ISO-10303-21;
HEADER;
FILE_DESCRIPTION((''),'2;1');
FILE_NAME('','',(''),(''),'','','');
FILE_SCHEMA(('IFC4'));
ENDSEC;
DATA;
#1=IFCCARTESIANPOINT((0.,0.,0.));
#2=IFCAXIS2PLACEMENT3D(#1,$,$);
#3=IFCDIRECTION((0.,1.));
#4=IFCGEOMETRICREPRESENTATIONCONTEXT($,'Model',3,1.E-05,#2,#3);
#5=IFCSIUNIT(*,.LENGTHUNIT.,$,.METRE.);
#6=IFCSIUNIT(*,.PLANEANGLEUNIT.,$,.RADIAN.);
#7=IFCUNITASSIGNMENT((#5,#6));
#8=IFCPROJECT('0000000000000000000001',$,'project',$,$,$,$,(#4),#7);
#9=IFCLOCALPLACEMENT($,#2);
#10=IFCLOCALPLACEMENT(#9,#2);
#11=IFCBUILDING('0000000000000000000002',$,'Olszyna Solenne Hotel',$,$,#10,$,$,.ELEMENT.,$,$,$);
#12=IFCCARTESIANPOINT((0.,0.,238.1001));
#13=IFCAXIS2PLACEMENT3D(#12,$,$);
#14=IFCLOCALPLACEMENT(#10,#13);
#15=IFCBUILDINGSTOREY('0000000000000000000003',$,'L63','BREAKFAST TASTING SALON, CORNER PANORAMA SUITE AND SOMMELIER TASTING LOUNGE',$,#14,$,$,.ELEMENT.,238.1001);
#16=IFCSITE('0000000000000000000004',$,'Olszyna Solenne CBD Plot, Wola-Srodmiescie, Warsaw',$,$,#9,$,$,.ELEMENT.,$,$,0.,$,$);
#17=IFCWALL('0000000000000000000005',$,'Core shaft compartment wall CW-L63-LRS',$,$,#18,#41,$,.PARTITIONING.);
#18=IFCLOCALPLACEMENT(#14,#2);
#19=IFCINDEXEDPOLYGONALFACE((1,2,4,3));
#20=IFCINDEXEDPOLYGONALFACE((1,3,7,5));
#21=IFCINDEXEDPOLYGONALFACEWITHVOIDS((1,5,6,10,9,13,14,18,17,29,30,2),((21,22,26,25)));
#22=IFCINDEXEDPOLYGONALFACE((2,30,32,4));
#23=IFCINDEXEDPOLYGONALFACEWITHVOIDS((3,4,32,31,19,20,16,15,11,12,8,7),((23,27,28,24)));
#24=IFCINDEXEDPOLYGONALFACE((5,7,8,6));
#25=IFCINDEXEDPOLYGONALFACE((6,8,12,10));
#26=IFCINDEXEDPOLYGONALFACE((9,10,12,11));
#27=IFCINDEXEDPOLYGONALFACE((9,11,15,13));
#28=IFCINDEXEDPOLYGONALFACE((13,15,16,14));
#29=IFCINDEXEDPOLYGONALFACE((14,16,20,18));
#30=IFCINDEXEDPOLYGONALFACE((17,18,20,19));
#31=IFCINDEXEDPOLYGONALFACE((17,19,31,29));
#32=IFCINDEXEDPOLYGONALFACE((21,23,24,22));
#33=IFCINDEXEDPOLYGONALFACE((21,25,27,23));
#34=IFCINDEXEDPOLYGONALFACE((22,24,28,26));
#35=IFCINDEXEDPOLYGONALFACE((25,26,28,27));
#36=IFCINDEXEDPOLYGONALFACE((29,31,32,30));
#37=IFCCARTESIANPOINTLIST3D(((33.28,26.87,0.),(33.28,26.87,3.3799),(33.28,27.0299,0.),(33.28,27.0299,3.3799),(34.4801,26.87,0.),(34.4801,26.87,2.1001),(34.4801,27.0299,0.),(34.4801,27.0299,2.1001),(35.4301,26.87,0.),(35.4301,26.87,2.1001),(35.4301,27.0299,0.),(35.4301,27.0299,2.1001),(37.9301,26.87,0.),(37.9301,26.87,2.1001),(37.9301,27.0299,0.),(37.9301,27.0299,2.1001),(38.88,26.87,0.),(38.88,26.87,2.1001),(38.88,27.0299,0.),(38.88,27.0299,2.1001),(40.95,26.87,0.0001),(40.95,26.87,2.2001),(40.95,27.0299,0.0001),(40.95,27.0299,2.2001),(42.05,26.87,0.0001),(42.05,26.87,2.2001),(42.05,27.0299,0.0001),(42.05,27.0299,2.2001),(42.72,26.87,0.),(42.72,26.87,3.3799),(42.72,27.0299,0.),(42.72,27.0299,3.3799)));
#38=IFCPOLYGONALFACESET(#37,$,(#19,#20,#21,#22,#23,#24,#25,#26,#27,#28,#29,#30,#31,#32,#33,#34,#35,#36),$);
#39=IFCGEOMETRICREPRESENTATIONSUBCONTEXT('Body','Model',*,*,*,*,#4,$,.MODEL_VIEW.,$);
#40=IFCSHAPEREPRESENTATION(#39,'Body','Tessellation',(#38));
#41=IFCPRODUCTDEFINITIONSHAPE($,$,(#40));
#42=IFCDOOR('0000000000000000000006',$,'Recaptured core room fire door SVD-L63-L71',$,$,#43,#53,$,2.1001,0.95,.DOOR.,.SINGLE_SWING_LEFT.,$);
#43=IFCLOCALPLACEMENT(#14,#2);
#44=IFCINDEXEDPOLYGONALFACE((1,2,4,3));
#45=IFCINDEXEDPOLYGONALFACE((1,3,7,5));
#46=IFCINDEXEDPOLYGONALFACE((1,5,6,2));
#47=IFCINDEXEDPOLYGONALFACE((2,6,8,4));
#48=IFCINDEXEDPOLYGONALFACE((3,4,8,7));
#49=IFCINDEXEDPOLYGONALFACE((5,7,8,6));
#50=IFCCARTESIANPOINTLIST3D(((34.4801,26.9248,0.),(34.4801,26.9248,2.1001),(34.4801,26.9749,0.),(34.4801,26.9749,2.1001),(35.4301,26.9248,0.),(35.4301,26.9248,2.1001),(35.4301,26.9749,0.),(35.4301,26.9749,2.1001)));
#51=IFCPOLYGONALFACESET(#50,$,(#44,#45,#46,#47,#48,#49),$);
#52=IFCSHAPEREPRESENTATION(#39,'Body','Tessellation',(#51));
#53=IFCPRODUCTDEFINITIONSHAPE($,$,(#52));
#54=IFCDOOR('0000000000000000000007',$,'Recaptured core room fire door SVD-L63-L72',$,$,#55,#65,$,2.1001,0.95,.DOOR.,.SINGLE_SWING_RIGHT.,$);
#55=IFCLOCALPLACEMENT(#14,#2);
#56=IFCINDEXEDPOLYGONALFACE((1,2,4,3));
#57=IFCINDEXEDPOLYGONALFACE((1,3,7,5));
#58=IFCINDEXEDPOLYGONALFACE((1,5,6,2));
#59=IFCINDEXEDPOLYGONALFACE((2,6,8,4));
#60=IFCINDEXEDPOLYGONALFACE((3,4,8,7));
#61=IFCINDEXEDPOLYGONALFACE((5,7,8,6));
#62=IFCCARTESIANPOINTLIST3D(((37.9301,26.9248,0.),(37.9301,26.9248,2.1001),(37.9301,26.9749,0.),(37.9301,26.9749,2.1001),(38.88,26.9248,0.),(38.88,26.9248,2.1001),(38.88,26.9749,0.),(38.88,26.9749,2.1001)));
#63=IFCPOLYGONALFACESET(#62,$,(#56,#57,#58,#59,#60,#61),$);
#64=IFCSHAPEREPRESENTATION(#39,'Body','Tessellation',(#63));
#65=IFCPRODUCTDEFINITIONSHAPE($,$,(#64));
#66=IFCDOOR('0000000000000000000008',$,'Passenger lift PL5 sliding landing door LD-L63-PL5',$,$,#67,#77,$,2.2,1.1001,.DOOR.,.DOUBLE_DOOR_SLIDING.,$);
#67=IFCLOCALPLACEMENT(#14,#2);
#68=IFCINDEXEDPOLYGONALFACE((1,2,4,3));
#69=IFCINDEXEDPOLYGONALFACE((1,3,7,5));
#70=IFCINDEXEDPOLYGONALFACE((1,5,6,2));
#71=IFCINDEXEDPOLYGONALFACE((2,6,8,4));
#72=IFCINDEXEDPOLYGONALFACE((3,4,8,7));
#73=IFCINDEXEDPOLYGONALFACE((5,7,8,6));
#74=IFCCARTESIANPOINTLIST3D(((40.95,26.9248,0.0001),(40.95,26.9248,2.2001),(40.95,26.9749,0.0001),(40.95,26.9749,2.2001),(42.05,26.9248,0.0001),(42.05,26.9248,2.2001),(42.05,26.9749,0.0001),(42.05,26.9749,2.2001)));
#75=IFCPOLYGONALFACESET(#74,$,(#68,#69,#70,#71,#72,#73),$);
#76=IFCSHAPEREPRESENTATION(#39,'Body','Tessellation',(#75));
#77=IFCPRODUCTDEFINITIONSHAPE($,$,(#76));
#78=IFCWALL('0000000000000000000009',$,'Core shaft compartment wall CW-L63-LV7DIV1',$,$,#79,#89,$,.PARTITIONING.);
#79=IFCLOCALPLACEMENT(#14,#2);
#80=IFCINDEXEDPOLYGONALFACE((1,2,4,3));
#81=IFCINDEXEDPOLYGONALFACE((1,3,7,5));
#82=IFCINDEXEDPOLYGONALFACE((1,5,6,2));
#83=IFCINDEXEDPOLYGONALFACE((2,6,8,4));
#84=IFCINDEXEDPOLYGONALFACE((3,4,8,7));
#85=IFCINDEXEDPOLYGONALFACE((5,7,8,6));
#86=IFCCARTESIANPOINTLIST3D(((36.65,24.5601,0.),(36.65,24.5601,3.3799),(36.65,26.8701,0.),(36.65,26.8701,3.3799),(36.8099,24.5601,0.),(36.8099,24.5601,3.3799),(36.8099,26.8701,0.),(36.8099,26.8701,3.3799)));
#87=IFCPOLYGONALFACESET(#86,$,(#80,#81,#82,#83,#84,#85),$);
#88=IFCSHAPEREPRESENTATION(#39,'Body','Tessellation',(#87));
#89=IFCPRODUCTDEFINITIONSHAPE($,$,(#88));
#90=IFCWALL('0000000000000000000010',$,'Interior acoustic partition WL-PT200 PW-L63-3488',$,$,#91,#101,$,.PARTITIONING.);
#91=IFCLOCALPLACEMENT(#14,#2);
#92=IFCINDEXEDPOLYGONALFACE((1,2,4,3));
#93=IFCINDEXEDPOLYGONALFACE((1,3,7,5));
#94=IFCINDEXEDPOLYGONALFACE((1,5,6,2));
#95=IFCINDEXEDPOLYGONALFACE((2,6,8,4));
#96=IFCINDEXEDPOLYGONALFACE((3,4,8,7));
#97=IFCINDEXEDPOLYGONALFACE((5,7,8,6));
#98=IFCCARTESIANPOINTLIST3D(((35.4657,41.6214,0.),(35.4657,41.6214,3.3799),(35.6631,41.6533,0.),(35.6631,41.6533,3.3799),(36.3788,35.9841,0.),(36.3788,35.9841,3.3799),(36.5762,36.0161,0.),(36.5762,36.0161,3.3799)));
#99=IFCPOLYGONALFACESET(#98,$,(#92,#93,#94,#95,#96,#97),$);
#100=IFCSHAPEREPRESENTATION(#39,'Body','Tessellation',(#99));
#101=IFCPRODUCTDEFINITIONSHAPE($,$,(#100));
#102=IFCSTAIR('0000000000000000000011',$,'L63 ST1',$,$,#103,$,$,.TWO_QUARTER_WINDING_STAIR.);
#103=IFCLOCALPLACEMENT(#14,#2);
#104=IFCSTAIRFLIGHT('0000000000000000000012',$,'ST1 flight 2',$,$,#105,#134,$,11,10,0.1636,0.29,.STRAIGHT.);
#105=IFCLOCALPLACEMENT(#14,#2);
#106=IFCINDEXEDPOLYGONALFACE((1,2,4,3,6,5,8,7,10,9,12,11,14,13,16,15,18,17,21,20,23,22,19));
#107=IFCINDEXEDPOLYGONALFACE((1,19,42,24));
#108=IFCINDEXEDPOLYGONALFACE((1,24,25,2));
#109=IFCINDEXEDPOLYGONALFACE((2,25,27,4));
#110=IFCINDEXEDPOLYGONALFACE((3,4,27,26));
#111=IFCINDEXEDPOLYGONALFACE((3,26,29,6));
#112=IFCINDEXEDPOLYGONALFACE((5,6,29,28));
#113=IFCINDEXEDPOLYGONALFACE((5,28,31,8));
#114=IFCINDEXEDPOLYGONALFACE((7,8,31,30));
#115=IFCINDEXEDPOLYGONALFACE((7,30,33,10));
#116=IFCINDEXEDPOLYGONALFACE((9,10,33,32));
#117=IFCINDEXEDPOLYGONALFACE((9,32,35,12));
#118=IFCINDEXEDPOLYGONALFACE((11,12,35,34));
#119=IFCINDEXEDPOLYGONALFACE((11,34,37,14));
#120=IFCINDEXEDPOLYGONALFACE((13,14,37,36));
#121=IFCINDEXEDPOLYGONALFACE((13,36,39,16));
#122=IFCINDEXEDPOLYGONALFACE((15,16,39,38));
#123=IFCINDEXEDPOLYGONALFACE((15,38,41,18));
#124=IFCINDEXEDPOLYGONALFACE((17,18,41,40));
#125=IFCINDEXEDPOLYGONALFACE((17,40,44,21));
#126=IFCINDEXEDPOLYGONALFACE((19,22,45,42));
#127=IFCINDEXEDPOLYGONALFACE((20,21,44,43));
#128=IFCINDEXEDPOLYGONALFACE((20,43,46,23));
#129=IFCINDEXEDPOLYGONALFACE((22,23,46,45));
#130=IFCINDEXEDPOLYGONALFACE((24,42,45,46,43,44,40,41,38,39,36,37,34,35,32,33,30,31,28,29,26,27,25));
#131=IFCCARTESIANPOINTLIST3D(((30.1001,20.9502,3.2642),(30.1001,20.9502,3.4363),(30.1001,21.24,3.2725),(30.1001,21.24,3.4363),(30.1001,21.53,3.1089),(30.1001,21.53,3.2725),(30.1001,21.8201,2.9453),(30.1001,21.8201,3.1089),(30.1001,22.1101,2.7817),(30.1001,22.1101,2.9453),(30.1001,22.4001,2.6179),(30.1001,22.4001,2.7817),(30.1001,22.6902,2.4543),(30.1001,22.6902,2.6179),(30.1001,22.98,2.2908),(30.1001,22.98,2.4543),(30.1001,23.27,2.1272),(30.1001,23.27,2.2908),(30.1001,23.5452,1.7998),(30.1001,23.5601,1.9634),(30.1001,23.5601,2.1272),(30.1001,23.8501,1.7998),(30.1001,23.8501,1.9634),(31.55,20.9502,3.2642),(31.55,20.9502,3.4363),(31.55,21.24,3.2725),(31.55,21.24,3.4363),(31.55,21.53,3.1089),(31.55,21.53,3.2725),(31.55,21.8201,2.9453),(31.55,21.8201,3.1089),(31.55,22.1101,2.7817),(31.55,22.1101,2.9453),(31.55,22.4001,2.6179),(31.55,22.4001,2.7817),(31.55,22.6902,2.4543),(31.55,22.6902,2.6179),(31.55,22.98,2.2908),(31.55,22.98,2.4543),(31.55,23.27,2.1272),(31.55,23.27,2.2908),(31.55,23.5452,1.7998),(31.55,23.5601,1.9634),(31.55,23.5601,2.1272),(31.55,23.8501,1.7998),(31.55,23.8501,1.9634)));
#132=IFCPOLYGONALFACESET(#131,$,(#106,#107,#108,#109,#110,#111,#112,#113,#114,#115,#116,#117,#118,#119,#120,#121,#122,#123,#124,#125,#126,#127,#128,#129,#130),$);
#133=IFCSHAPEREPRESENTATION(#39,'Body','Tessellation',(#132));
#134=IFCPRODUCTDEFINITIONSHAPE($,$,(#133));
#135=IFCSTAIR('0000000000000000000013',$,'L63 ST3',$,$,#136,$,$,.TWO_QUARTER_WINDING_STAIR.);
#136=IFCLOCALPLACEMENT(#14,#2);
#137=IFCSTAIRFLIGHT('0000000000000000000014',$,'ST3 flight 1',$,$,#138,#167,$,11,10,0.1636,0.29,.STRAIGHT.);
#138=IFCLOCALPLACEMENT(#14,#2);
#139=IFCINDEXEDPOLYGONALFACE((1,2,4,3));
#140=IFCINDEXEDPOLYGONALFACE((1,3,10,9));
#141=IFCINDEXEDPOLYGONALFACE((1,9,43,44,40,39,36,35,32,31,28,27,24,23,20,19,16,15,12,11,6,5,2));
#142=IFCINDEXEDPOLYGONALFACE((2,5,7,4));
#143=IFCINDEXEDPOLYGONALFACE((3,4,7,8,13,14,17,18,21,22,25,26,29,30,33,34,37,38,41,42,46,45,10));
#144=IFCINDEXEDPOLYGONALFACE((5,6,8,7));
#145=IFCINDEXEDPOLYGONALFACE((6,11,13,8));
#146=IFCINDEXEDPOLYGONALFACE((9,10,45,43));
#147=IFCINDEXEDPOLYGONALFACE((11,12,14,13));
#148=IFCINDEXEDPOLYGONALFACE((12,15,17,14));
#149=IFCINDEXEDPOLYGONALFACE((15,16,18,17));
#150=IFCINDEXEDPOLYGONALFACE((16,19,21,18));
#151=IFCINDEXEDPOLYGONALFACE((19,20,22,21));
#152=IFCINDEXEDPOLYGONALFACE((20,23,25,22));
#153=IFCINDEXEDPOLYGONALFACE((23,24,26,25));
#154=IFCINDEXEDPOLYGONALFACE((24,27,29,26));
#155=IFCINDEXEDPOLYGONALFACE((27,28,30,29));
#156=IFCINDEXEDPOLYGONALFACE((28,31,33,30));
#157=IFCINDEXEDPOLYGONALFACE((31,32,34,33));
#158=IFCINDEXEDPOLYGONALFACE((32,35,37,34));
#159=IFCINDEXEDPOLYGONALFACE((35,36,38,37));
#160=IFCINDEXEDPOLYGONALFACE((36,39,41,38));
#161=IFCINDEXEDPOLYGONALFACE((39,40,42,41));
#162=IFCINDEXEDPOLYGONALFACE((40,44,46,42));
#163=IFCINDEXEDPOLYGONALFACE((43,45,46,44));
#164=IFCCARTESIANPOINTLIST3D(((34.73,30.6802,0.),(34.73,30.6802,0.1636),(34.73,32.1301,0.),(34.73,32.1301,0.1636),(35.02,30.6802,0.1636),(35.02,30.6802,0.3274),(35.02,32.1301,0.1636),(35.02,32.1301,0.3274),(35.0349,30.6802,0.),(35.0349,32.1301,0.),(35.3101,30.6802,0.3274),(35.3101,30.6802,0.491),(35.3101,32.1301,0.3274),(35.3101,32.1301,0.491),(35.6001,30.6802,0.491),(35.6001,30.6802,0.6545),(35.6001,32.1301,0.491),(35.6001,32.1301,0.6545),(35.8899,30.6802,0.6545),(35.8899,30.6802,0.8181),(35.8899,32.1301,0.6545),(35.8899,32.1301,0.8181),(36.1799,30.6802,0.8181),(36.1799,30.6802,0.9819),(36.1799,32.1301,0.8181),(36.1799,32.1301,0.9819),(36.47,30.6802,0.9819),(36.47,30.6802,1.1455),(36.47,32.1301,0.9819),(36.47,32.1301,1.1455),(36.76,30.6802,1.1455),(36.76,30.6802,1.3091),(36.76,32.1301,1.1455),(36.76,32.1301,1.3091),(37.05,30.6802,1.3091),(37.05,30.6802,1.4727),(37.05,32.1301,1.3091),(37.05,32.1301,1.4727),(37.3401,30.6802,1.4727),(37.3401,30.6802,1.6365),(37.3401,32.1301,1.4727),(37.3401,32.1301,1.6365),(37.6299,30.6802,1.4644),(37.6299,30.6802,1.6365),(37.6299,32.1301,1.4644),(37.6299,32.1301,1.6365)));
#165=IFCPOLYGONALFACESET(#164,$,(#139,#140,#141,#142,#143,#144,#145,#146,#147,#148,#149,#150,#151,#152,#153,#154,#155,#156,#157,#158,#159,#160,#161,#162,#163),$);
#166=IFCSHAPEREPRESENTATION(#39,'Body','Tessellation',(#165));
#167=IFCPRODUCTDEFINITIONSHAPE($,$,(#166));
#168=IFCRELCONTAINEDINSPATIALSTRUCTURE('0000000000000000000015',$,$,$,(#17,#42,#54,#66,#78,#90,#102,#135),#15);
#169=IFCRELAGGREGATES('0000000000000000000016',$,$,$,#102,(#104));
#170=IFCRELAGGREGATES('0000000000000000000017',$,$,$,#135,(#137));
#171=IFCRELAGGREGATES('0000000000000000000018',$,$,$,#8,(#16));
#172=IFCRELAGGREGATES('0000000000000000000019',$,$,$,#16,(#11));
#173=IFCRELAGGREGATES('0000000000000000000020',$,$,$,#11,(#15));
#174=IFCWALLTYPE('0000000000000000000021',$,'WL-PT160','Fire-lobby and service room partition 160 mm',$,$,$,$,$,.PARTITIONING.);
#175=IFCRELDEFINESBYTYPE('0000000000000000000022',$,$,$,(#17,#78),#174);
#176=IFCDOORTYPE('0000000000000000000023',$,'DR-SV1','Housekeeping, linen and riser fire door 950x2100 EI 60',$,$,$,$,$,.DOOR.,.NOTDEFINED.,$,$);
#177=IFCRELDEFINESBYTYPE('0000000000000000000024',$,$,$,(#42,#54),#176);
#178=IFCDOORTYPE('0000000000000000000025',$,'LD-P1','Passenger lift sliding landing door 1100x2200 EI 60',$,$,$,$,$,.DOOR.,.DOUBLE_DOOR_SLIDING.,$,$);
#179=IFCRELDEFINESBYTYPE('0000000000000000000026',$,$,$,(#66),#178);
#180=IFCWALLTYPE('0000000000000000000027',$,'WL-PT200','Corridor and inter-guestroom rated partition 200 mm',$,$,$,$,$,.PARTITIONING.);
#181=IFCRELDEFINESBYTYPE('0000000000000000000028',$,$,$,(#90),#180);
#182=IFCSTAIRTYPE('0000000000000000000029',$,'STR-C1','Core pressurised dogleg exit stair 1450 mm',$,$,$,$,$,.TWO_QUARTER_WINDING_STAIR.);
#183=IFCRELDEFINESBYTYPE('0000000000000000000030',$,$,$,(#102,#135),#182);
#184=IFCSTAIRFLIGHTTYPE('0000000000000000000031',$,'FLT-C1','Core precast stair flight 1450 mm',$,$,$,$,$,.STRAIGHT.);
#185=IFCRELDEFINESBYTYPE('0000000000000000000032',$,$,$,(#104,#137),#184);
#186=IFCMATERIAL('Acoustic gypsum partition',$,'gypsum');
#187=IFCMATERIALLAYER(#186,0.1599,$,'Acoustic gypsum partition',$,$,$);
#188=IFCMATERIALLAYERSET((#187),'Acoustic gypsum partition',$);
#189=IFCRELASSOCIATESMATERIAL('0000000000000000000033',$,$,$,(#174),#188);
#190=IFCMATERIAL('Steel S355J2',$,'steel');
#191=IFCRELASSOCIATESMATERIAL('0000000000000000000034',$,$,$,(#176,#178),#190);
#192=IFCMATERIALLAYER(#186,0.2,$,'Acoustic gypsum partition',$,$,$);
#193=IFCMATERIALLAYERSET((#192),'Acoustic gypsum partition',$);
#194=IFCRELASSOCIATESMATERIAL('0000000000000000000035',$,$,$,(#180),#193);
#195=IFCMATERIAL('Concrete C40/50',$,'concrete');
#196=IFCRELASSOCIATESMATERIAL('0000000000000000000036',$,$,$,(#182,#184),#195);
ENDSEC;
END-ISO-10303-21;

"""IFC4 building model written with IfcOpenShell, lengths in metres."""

from ifc_helpers import new_model, si_unit, direction, frame, frame_2d, origin, place, context, subcontext, project, spatial, polyline, rectangle, outline, extrude, source, transform, mapped, material, layer, layer_set, type_object, type_shapes, element, fill, aggregate, save


model = new_model("IFC4")

# Units and contexts
model_context = context("Model", 3, precision=1e-05, world=origin(), true_north=direction((0.0, 1.0)))
body_context = subcontext(model_context, "Body", "Model", "MODEL_VIEW")
ifc_project = project(units=[si_unit("LENGTHUNIT", "METRE"), si_unit("PLANEANGLEUNIT", "RADIAN")], contexts=[model_context])

# Site, building, storey
site_placement = place(None, origin())
site = spatial("IfcSite", under=ifc_project, at=site_placement, Name="Olszyna Solenne CBD Plot, Wola-Srodmiescie, Warsaw", CompositionType="ELEMENT", RefElevation=0.0)
building_placement = place(site_placement, origin())
building = spatial("IfcBuilding", under=site, at=building_placement, Name="Olszyna Solenne Hotel", CompositionType="ELEMENT")
storey_placement = place(building_placement, frame((0.0, 0.0, 238.1001)))
storey = spatial("IfcBuildingStorey", under=building, at=storey_placement, Name="L63", Description="BREAKFAST TASTING SALON, CORNER PANORAMA SUITE AND SOMMELIER TASTING LOUNGE", CompositionType="ELEMENT", Elevation=238.1001)

# Shared definitions
ifc_material_1 = material(Name="Steel S355J2", Category="steel")

# Shared definitions
ifc_material_2 = material(Name="Acoustic gypsum partition", Category="gypsum")
ifc_layer_1 = layer(ifc_material_2, 0.1599, Name="Acoustic gypsum partition")
ifc_layer_set_1 = layer_set([ifc_layer_1], Name="Acoustic gypsum partition")
wall_type_1 = type_object("IfcWallType", Name="WL-PT160", Description="Fire-lobby and service room partition 160 mm", PredefinedType="PARTITIONING", material=ifc_layer_set_1)

# Wall, openings, doors
wall_1_placement = place(storey_placement, frame((33.28, 26.95, 0.0), z_axis=(0.0, 0.0, 1.0), x_axis=(1.0, 0.0, 0.0)))
wall_1 = element("IfcWall", 1, at=wall_1_placement, inside=storey, type_object=wall_type_1, Name="Core shaft compartment wall CW-L63-LRS", PredefinedType="PARTITIONING", context=body_context, shape_type="SweptSolid", body=[
    extrude(rectangle(XDim=9.4399, YDim=0.1599, at=frame_2d((4.72, 0.0))), origin(), (0.0, 0.0, 1.0), 3.3799),
])
opening_1_placement = place(wall_1_placement, frame((1.2, 0.0, 0.0)))
opening_1 = element("IfcOpeningElement", 2, at=opening_1_placement, cuts=wall_1, PredefinedType="OPENING", context=body_context, shape_type="SweptSolid", body=[
    extrude(rectangle(XDim=0.95, YDim=2.1001, at=frame_2d((0.4751, 1.05))), frame((0.0, 0.0898, 0.0), z_axis=(0.0, -1.0, 0.0), x_axis=(1.0, 0.0, 0.0)), (0.0, 0.0, 1.0), 0.1799),
])
opening_2_placement = place(wall_1_placement, frame((4.6499, 0.0, 0.0)))
opening_2 = element("IfcOpeningElement", 3, at=opening_2_placement, cuts=wall_1, PredefinedType="OPENING", context=body_context, shape_type="SweptSolid", body=[
    extrude(rectangle(XDim=0.95, YDim=2.1001, at=frame_2d((0.4751, 1.05))), frame((0.0, 0.0898, 0.0), z_axis=(0.0, -1.0, 0.0), x_axis=(1.0, 0.0, 0.0)), (0.0, 0.0, 1.0), 0.1799),
])
opening_3_placement = place(wall_1_placement, frame((7.6699, 0.0, 0.0)))
opening_3 = element("IfcOpeningElement", 4, at=opening_3_placement, cuts=wall_1, PredefinedType="OPENING", context=body_context, shape_type="SweptSolid", body=[
    extrude(rectangle(XDim=1.1001, YDim=2.2, at=frame_2d((0.55, 1.1001))), frame((0.0, 0.0898, 0.0), z_axis=(0.0, -1.0, 0.0), x_axis=(1.0, 0.0, 0.0)), (0.0, 0.0, 1.0), 0.1799),
])
door_type_1 = type_object("IfcDoorType", Name="DR-SV1", Description="Housekeeping, linen and riser fire door 950x2100 EI 60", OperationType="NOTDEFINED", PredefinedType="DOOR", material=ifc_material_1)
shared_shape_1 = source(origin(), body_context, "Body", "SweptSolid", [
    extrude(rectangle(XDim=0.95, YDim=2.1001, at=frame_2d((0.4751, 1.05))), frame((0.0, 0.0249, 0.0), z_axis=(0.0, -1.0, 0.0), x_axis=(1.0, 0.0, 0.0)), (0.0, 0.0, 1.0), 0.05),
])
type_shapes(door_type_1, [shared_shape_1])
door_1_placement = place(opening_1_placement, origin())
door_1 = element("IfcDoor", 5, at=door_1_placement, inside=storey, type_object=door_type_1, Name="Recaptured core room fire door SVD-L63-L71", OperationType="SINGLE_SWING_LEFT", OverallHeight=2.1001, OverallWidth=0.95, PredefinedType="DOOR", context=body_context, shape_type="MappedRepresentation", body=[
    mapped(shared_shape_1, transform((0.0, 0.0, 0.0), x_axis=(1.0, 0.0, 0.0), y_axis=(0.0, 1.0, 0.0), z_axis=(0.0, 0.0, 1.0), scale=1.0)),
])
fill(opening_1, door_1)
door_2_placement = place(opening_2_placement, origin())
door_2 = element("IfcDoor", 6, at=door_2_placement, inside=storey, type_object=door_type_1, Name="Recaptured core room fire door SVD-L63-L72", OperationType="SINGLE_SWING_RIGHT", OverallHeight=2.1001, OverallWidth=0.95, PredefinedType="DOOR", context=body_context, shape_type="MappedRepresentation", body=[
    mapped(shared_shape_1, transform((0.0, 0.0, 0.0), x_axis=(1.0, 0.0, 0.0), y_axis=(0.0, 1.0, 0.0), z_axis=(0.0, 0.0, 1.0), scale=1.0)),
])
fill(opening_2, door_2)
door_type_2 = type_object("IfcDoorType", Name="LD-P1", Description="Passenger lift sliding landing door 1100x2200 EI 60", OperationType="DOUBLE_DOOR_SLIDING", PredefinedType="DOOR", material=ifc_material_1)
shared_shape_2 = source(origin(), body_context, "Body", "SweptSolid", [
    extrude(rectangle(XDim=1.1001, YDim=2.2, at=frame_2d((0.55, 1.1001))), frame((0.0, 0.0249, 0.0), z_axis=(0.0, -1.0, 0.0), x_axis=(1.0, 0.0, 0.0)), (0.0, 0.0, 1.0), 0.05),
])
type_shapes(door_type_2, [shared_shape_2])
door_3_placement = place(opening_3_placement, origin())
door_3 = element("IfcDoor", 7, at=door_3_placement, inside=storey, type_object=door_type_2, Name="Passenger lift PL5 sliding landing door LD-L63-PL5", OperationType="DOUBLE_DOOR_SLIDING", OverallHeight=2.2, OverallWidth=1.1001, PredefinedType="DOOR", context=body_context, shape_type="MappedRepresentation", body=[
    mapped(shared_shape_2, transform((0.0, 0.0, 0.0), x_axis=(1.0, 0.0, 0.0), y_axis=(0.0, 1.0, 0.0), z_axis=(0.0, 0.0, 1.0), scale=1.0)),
])
fill(opening_3, door_3)

# Wall
wall_2_placement = place(storey_placement, frame((36.73, 24.5601, 0.0), z_axis=(0.0, 0.0, 1.0), x_axis=(0.0, 1.0, 0.0)))
element("IfcWall", 8, at=wall_2_placement, inside=storey, type_object=wall_type_1, Name="Core shaft compartment wall CW-L63-LV7DIV1", PredefinedType="PARTITIONING", context=body_context, shape_type="SweptSolid", body=[
    extrude(rectangle(XDim=2.3101, YDim=0.1599, at=frame_2d((1.155, 0.0))), origin(), (0.0, 0.0, 1.0), 3.3799),
])

# Wall
ifc_layer_2 = layer(ifc_material_2, 0.2, Name="Acoustic gypsum partition")
ifc_layer_set_2 = layer_set([ifc_layer_2], Name="Acoustic gypsum partition")
wall_type_2 = type_object("IfcWallType", Name="WL-PT200", Description="Corridor and inter-guestroom rated partition 200 mm", PredefinedType="PARTITIONING", material=ifc_layer_set_2)
wall_3_placement = place(storey_placement, frame((36.4775, 36.0, 0.0), z_axis=(0.0, 0.0, 1.0), x_axis=(-0.159891, 0.987135, 0.0)))
element("IfcWall", 9, at=wall_3_placement, inside=storey, type_object=wall_type_2, Name="Interior acoustic partition WL-PT200 PW-L63-3488", PredefinedType="PARTITIONING", context=body_context, shape_type="SweptSolid", body=[
    extrude(rectangle(XDim=5.7107, YDim=0.2, at=frame_2d((2.8555, 0.0))), origin(), (0.0, 0.0, 1.0), 3.3799),
])

# Stairs, stair flights
ifc_material_3 = material(Name="Concrete C40/50", Category="concrete")
stair_type = type_object("IfcStairType", Name="STR-C1", Description="Core pressurised dogleg exit stair 1450 mm", PredefinedType="TWO_QUARTER_WINDING_STAIR", material=ifc_material_3)
stair_1_placement = place(storey_placement, origin())
stair_1 = element("IfcStair", 10, at=stair_1_placement, inside=storey, type_object=stair_type, Name="L63 ST1", PredefinedType="TWO_QUARTER_WINDING_STAIR")
stair_flight_type = type_object("IfcStairFlightType", Name="FLT-C1", Description="Core precast stair flight 1450 mm", PredefinedType="STRAIGHT", material=ifc_material_3)
stair_flight_1_placement = place(storey_placement, frame((30.825, 23.8501, 1.7998), z_axis=(0.0, 0.0, 1.0), x_axis=(0.0, -1.0, 0.0)))
stair_flight_1 = element("IfcStairFlight", 11, at=stair_flight_1_placement, type_object=stair_flight_type, Name="ST1 flight 2", NumberOfRisers=11, NumberOfTreads=10, PredefinedType="STRAIGHT", RiserHeight=0.1636, TreadLength=0.29, context=body_context, shape_type="SweptSolid", body=[
    extrude(outline(polyline([(0.0, 0.0), (0.0, 0.1636), (0.29, 0.1636), (0.29, 0.3274), (0.5801, 0.3274), (0.5801, 0.491), (0.8701, 0.491), (0.8701, 0.6545), (1.1599, 0.6545), (1.1599, 0.8181), (1.45, 0.8181), (1.45, 0.9819), (1.74, 0.9819), (1.74, 1.1455), (2.03, 1.1455), (2.03, 1.3091), (2.3201, 1.3091), (2.3201, 1.4727), (2.6101, 1.4727), (2.6101, 1.6365), (2.8999, 1.6365), (2.8999, 1.8), (2.8999, 1.4644), (0.3049, 0.0), (0.0, 0.0)])), frame((0.0, 0.7251, 0.0), z_axis=(0.0, -1.0, 0.0), x_axis=(1.0, 0.0, 0.0)), (0.0, 0.0, 1.0), 1.45),
])
aggregate(stair_1, [stair_flight_1])
stair_2_placement = place(storey_placement, origin())
stair_2 = element("IfcStair", 12, at=stair_2_placement, inside=storey, type_object=stair_type, Name="L63 ST3", PredefinedType="TWO_QUARTER_WINDING_STAIR")
stair_flight_2_placement = place(storey_placement, frame((34.73, 31.405, 0.0), z_axis=(0.0, 0.0, 1.0), x_axis=(1.0, 0.0, 0.0)))
stair_flight_2 = element("IfcStairFlight", 13, at=stair_flight_2_placement, type_object=stair_flight_type, Name="ST3 flight 1", NumberOfRisers=11, NumberOfTreads=10, PredefinedType="STRAIGHT", RiserHeight=0.1636, TreadLength=0.29, context=body_context, shape_type="SweptSolid", body=[
    extrude(outline(polyline([(0.0, 0.0), (0.0, 0.1636), (0.29, 0.1636), (0.29, 0.3274), (0.5801, 0.3274), (0.5801, 0.491), (0.8701, 0.491), (0.8701, 0.6545), (1.1599, 0.6545), (1.1599, 0.8181), (1.45, 0.8181), (1.45, 0.9819), (1.74, 0.9819), (1.74, 1.1455), (2.03, 1.1455), (2.03, 1.3091), (2.3201, 1.3091), (2.3201, 1.4727), (2.6101, 1.4727), (2.6101, 1.6365), (2.8999, 1.6365), (2.8999, 1.8), (2.8999, 1.4644), (0.3049, 0.0), (0.0, 0.0)])), frame((0.0, 0.7251, 0.0), z_axis=(0.0, -1.0, 0.0), x_axis=(1.0, 0.0, 0.0)), (0.0, 0.0, 1.0), 1.45),
])
aggregate(stair_2, [stair_flight_2])

save(model, "model.ifc")
